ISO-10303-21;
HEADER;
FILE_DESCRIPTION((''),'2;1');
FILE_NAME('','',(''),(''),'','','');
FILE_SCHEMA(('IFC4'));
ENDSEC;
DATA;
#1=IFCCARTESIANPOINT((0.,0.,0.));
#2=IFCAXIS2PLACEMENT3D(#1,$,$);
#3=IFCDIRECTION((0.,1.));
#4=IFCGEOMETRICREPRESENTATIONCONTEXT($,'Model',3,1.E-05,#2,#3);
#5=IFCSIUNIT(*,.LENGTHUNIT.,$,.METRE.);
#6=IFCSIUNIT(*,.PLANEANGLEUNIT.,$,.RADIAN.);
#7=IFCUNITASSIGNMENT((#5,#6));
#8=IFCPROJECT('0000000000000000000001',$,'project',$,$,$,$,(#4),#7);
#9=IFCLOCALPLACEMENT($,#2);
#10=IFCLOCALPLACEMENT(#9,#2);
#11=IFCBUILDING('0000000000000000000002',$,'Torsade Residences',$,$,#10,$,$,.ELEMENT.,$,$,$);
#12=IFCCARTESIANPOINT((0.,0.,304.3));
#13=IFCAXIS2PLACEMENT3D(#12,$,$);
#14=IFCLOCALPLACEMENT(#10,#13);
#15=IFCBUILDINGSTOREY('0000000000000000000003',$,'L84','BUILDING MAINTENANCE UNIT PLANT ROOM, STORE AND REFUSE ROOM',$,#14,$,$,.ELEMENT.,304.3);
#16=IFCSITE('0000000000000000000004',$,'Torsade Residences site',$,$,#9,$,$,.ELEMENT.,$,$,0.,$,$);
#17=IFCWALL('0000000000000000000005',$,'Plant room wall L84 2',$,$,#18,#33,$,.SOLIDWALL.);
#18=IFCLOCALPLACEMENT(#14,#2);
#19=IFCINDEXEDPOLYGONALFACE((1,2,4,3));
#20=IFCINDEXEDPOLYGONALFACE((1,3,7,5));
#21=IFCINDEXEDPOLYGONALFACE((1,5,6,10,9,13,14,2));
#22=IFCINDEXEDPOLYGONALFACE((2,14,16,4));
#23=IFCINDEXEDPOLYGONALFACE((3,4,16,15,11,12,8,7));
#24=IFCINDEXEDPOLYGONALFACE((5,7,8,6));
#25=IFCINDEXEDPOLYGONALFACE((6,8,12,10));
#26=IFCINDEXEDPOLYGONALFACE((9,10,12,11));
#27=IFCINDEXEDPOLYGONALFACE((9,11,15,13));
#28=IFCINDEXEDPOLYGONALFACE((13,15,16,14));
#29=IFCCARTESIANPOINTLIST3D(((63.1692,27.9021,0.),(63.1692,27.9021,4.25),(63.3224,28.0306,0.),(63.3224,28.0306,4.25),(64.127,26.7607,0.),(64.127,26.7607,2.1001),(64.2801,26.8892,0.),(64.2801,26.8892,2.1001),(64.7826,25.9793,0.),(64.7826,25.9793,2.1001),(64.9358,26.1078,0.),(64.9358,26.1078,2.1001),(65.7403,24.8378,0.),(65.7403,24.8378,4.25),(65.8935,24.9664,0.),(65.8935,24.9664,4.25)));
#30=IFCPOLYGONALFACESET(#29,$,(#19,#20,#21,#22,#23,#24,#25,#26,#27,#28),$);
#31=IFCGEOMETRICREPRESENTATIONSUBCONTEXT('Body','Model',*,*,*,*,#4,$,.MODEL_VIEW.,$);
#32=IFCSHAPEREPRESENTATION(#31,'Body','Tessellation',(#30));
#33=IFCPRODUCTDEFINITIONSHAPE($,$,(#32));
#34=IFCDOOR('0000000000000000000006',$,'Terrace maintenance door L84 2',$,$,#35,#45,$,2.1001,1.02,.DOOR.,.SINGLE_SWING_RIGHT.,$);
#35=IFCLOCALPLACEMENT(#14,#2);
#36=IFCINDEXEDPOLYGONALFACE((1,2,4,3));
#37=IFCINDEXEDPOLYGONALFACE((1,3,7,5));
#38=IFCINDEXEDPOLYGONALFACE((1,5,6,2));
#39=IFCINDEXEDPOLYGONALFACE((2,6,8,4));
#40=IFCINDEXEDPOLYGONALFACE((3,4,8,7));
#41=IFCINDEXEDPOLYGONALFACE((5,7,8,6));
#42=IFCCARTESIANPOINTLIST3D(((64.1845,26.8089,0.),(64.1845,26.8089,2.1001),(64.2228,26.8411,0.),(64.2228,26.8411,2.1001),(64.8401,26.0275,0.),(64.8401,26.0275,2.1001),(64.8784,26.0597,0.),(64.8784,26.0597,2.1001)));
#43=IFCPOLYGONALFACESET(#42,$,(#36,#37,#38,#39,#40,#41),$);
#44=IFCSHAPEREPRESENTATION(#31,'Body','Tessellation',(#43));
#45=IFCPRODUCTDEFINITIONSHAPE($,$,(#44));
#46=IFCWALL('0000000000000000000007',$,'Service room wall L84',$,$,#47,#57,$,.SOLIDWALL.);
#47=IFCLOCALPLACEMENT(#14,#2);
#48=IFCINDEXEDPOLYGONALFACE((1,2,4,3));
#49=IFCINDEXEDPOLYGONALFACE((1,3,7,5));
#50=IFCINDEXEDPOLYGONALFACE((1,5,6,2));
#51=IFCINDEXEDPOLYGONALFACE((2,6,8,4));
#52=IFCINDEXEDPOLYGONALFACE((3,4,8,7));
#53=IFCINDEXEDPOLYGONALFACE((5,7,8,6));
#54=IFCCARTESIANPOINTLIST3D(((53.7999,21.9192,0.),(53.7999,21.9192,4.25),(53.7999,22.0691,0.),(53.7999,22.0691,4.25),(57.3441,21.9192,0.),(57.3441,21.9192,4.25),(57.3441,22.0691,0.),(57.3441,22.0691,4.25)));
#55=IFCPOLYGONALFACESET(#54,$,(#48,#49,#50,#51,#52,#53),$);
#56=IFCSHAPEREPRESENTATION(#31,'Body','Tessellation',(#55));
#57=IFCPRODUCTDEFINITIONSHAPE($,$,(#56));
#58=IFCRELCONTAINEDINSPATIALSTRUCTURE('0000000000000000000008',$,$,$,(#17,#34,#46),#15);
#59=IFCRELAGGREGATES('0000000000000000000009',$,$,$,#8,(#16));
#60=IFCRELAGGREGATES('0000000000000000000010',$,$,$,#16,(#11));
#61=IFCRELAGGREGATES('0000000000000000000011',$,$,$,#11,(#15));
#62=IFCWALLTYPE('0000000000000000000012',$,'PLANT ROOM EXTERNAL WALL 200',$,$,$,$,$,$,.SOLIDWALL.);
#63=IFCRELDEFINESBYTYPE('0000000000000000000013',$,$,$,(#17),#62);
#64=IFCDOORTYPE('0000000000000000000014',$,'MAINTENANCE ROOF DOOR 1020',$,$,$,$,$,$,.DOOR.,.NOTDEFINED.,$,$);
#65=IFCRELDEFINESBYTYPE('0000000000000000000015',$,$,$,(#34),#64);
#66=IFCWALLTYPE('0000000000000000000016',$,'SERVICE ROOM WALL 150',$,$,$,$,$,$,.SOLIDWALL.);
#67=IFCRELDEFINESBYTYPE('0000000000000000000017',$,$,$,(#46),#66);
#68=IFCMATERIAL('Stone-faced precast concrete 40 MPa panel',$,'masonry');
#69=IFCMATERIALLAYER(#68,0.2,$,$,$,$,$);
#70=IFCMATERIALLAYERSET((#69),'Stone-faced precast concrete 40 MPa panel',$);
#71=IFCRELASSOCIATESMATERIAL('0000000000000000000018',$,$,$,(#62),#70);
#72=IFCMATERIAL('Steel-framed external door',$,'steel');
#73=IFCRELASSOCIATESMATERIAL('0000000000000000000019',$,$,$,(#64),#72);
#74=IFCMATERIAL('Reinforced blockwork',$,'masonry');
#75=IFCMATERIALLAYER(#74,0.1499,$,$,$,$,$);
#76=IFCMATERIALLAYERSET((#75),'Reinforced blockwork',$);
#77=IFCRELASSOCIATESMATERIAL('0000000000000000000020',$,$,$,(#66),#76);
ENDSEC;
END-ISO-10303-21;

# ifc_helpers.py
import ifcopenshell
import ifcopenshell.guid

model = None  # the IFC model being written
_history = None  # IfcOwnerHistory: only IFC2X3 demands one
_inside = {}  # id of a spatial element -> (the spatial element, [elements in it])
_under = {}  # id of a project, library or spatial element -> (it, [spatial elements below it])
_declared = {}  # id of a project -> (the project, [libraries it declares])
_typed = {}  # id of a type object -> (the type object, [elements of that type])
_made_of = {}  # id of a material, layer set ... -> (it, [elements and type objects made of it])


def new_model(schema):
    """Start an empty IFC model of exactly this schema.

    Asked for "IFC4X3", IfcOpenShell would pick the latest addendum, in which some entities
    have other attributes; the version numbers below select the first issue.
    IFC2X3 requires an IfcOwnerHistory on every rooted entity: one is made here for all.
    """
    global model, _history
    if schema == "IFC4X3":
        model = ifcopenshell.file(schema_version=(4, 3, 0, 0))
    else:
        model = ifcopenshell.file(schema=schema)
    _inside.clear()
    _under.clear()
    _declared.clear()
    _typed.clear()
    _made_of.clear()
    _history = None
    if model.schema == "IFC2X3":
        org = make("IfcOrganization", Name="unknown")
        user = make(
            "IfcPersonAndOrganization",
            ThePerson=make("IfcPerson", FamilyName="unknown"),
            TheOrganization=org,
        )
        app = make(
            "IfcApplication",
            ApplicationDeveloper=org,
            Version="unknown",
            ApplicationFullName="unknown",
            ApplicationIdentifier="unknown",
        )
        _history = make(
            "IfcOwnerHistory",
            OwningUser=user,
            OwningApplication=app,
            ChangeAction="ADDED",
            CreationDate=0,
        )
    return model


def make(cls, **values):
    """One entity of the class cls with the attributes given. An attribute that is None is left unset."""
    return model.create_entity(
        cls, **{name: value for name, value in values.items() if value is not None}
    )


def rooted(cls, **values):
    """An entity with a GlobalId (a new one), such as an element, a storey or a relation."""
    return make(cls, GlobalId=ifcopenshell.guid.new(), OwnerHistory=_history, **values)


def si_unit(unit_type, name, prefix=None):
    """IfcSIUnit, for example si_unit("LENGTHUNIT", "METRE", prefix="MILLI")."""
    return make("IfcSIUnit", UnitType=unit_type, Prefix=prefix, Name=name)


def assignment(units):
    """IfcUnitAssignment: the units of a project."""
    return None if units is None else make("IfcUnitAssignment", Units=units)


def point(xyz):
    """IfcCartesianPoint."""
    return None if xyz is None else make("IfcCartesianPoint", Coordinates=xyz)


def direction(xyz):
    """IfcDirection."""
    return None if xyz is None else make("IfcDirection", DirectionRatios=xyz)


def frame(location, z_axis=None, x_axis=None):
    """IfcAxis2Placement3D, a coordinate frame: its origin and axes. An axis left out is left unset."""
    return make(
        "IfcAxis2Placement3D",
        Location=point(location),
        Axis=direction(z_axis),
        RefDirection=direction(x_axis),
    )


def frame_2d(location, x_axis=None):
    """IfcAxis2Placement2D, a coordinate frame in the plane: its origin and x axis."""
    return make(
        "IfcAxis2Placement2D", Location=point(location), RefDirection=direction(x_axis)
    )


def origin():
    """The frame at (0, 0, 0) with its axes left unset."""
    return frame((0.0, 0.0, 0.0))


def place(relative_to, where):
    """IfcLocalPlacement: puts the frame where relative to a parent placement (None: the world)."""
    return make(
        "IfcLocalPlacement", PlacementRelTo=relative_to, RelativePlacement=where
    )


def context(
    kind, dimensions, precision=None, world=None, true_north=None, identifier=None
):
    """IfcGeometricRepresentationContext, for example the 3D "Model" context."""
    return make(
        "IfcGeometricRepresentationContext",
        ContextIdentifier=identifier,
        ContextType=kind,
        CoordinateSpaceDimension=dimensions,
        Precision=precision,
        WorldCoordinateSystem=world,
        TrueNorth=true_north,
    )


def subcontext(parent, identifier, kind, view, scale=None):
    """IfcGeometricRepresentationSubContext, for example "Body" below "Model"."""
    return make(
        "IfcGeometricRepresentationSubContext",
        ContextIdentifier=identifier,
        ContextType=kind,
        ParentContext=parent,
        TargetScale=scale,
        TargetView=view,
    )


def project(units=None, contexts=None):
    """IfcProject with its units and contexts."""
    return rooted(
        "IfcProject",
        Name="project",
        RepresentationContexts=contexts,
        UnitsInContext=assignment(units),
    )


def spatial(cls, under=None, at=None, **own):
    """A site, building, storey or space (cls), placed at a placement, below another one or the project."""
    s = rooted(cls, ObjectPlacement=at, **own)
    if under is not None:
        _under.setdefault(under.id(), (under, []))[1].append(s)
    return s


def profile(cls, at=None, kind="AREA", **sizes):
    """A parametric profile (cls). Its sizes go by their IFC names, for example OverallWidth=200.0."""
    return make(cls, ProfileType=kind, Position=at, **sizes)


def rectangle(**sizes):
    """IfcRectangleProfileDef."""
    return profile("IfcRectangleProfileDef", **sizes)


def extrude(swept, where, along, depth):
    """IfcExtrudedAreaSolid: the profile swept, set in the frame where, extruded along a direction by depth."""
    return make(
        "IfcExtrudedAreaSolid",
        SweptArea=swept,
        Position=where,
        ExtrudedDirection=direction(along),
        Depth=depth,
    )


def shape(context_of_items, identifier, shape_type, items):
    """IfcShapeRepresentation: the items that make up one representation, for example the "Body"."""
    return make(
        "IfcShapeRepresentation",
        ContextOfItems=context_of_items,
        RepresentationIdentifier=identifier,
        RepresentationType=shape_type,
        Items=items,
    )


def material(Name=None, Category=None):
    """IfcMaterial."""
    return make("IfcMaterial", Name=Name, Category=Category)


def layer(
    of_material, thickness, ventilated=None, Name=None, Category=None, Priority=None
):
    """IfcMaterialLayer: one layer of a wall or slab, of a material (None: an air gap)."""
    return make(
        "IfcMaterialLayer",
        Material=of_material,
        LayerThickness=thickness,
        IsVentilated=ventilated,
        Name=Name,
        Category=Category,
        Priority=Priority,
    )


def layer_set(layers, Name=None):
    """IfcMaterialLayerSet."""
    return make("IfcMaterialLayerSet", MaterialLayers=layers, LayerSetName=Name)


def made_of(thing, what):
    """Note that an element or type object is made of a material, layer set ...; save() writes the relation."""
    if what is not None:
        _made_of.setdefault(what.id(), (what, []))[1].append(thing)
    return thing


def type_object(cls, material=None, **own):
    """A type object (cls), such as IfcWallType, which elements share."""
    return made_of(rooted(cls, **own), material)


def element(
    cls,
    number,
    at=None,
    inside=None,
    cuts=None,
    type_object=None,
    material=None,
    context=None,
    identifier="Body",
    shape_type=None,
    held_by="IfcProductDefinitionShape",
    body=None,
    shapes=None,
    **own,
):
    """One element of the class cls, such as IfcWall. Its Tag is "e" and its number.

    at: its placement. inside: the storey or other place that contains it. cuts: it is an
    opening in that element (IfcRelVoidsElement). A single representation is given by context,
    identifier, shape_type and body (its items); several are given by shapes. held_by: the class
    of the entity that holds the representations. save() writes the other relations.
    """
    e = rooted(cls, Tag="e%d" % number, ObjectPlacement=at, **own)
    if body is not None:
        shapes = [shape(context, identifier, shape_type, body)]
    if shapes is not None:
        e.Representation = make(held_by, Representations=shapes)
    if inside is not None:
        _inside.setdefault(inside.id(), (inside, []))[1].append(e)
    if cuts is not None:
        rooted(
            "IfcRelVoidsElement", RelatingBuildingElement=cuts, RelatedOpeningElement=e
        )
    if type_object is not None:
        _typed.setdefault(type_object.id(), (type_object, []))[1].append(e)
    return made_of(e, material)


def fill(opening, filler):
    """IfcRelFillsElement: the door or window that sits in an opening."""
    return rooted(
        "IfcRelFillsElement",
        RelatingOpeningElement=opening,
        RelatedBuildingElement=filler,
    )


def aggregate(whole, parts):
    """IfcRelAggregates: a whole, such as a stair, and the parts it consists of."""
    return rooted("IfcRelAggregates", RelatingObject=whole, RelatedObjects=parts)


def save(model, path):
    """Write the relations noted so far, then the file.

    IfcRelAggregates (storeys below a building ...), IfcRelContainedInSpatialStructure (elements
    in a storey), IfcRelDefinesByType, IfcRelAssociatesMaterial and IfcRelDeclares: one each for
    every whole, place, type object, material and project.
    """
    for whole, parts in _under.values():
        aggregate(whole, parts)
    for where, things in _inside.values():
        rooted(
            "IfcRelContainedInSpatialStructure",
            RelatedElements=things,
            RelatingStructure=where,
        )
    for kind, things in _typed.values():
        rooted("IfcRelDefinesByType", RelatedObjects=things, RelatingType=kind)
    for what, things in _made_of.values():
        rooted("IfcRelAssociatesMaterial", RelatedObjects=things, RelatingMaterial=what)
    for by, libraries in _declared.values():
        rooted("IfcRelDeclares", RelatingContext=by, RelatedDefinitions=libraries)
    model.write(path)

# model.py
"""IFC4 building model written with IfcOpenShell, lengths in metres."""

from ifc_helpers import new_model, si_unit, direction, frame, frame_2d, origin, place, context, subcontext, project, spatial, rectangle, extrude, material, layer, layer_set, type_object, element, fill, save


model = new_model("IFC4")

# Units and contexts
model_context = context("Model", 3, precision=1e-05, world=origin(), true_north=direction((0.0, 1.0)))
body_context = subcontext(model_context, "Body", "Model", "MODEL_VIEW")
ifc_project = project(units=[si_unit("LENGTHUNIT", "METRE"), si_unit("PLANEANGLEUNIT", "RADIAN")], contexts=[model_context])

# Site, building, storey
site_placement = place(None, origin())
site = spatial("IfcSite", under=ifc_project, at=site_placement, Name="Torsade Residences site", CompositionType="ELEMENT", RefElevation=0.0)
building_placement = place(site_placement, origin())
building = spatial("IfcBuilding", under=site, at=building_placement, Name="Torsade Residences", CompositionType="ELEMENT")
storey_placement = place(building_placement, frame((0.0, 0.0, 304.3)))
storey = spatial("IfcBuildingStorey", under=building, at=storey_placement, Name="L84", Description="BUILDING MAINTENANCE UNIT PLANT ROOM, STORE AND REFUSE ROOM", CompositionType="ELEMENT", Elevation=304.3)

# Wall, opening, door
ifc_material_1 = material(Name="Stone-faced precast concrete 40 MPa panel", Category="masonry")
ifc_layer_1 = layer(ifc_material_1, 0.2)
ifc_layer_set_1 = layer_set([ifc_layer_1], Name="Stone-faced precast concrete 40 MPa panel")
wall_type_1 = type_object("IfcWallType", Name="PLANT ROOM EXTERNAL WALL 200", PredefinedType="SOLIDWALL", material=ifc_layer_set_1)
wall_1_placement = place(storey_placement, frame((65.8169, 24.9021, 0.0), z_axis=(0.0, 0.0, 1.0), x_axis=(-0.642768, 0.766061, 0.0)))
wall_1 = element("IfcWall", 1, at=wall_1_placement, inside=storey, type_object=wall_type_1, Name="Plant room wall L84 2", PredefinedType="SOLIDWALL", context=body_context, shape_type="SweptSolid", body=[
    extrude(rectangle(XDim=4.0, YDim=0.2, at=frame_2d((2.0, 0.0))), origin(), (0.0, 0.0, 1.0), 4.25),
])
opening_placement = place(wall_1_placement, frame((1.49, 0.0, 0.0)))
opening = element("IfcOpeningElement", 2, at=opening_placement, cuts=wall_1, PredefinedType="OPENING", context=body_context, shape_type="SweptSolid", body=[
    extrude(rectangle(XDim=1.02, YDim=2.1001, at=frame_2d((0.51, 1.05))), frame((0.0, 0.1099, 0.0), z_axis=(0.0, -1.0, 0.0), x_axis=(1.0, 0.0, 0.0)), (0.0, 0.0, 1.0), 0.22),
])
ifc_material_2 = material(Name="Steel-framed external door", Category="steel")
door_type = type_object("IfcDoorType", Name="MAINTENANCE ROOF DOOR 1020", OperationType="NOTDEFINED", PredefinedType="DOOR", material=ifc_material_2)
door_placement = place(opening_placement, origin())
door = element("IfcDoor", 3, at=door_placement, inside=storey, type_object=door_type, Name="Terrace maintenance door L84 2", OperationType="SINGLE_SWING_RIGHT", OverallHeight=2.1001, OverallWidth=1.02, PredefinedType="DOOR", context=body_context, shape_type="SweptSolid", body=[
    extrude(rectangle(XDim=1.02, YDim=2.1001, at=frame_2d((0.51, 1.05))), frame((0.0, 0.0249, 0.0), z_axis=(0.0, -1.0, 0.0), x_axis=(1.0, 0.0, 0.0)), (0.0, 0.0, 1.0), 0.05),
])
fill(opening, door)

# Wall
ifc_material_3 = material(Name="Reinforced blockwork", Category="masonry")
ifc_layer_2 = layer(ifc_material_3, 0.1499)
ifc_layer_set_2 = layer_set([ifc_layer_2], Name="Reinforced blockwork")
wall_type_2 = type_object("IfcWallType", Name="SERVICE ROOM WALL 150", PredefinedType="SOLIDWALL", material=ifc_layer_set_2)
wall_2_placement = place(storey_placement, frame((53.8, 21.9941, 0.0), z_axis=(0.0, 0.0, 1.0), x_axis=(1.0, 0.0, 0.0)))
element("IfcWall", 4, at=wall_2_placement, inside=storey, type_object=wall_type_2, Name="Service room wall L84", PredefinedType="SOLIDWALL", context=body_context, shape_type="SweptSolid", body=[
    extrude(rectangle(XDim=3.5442, YDim=0.1499, at=frame_2d((1.772, 0.0))), origin(), (0.0, 0.0, 1.0), 4.25),
])

save(model, "model.ifc")
